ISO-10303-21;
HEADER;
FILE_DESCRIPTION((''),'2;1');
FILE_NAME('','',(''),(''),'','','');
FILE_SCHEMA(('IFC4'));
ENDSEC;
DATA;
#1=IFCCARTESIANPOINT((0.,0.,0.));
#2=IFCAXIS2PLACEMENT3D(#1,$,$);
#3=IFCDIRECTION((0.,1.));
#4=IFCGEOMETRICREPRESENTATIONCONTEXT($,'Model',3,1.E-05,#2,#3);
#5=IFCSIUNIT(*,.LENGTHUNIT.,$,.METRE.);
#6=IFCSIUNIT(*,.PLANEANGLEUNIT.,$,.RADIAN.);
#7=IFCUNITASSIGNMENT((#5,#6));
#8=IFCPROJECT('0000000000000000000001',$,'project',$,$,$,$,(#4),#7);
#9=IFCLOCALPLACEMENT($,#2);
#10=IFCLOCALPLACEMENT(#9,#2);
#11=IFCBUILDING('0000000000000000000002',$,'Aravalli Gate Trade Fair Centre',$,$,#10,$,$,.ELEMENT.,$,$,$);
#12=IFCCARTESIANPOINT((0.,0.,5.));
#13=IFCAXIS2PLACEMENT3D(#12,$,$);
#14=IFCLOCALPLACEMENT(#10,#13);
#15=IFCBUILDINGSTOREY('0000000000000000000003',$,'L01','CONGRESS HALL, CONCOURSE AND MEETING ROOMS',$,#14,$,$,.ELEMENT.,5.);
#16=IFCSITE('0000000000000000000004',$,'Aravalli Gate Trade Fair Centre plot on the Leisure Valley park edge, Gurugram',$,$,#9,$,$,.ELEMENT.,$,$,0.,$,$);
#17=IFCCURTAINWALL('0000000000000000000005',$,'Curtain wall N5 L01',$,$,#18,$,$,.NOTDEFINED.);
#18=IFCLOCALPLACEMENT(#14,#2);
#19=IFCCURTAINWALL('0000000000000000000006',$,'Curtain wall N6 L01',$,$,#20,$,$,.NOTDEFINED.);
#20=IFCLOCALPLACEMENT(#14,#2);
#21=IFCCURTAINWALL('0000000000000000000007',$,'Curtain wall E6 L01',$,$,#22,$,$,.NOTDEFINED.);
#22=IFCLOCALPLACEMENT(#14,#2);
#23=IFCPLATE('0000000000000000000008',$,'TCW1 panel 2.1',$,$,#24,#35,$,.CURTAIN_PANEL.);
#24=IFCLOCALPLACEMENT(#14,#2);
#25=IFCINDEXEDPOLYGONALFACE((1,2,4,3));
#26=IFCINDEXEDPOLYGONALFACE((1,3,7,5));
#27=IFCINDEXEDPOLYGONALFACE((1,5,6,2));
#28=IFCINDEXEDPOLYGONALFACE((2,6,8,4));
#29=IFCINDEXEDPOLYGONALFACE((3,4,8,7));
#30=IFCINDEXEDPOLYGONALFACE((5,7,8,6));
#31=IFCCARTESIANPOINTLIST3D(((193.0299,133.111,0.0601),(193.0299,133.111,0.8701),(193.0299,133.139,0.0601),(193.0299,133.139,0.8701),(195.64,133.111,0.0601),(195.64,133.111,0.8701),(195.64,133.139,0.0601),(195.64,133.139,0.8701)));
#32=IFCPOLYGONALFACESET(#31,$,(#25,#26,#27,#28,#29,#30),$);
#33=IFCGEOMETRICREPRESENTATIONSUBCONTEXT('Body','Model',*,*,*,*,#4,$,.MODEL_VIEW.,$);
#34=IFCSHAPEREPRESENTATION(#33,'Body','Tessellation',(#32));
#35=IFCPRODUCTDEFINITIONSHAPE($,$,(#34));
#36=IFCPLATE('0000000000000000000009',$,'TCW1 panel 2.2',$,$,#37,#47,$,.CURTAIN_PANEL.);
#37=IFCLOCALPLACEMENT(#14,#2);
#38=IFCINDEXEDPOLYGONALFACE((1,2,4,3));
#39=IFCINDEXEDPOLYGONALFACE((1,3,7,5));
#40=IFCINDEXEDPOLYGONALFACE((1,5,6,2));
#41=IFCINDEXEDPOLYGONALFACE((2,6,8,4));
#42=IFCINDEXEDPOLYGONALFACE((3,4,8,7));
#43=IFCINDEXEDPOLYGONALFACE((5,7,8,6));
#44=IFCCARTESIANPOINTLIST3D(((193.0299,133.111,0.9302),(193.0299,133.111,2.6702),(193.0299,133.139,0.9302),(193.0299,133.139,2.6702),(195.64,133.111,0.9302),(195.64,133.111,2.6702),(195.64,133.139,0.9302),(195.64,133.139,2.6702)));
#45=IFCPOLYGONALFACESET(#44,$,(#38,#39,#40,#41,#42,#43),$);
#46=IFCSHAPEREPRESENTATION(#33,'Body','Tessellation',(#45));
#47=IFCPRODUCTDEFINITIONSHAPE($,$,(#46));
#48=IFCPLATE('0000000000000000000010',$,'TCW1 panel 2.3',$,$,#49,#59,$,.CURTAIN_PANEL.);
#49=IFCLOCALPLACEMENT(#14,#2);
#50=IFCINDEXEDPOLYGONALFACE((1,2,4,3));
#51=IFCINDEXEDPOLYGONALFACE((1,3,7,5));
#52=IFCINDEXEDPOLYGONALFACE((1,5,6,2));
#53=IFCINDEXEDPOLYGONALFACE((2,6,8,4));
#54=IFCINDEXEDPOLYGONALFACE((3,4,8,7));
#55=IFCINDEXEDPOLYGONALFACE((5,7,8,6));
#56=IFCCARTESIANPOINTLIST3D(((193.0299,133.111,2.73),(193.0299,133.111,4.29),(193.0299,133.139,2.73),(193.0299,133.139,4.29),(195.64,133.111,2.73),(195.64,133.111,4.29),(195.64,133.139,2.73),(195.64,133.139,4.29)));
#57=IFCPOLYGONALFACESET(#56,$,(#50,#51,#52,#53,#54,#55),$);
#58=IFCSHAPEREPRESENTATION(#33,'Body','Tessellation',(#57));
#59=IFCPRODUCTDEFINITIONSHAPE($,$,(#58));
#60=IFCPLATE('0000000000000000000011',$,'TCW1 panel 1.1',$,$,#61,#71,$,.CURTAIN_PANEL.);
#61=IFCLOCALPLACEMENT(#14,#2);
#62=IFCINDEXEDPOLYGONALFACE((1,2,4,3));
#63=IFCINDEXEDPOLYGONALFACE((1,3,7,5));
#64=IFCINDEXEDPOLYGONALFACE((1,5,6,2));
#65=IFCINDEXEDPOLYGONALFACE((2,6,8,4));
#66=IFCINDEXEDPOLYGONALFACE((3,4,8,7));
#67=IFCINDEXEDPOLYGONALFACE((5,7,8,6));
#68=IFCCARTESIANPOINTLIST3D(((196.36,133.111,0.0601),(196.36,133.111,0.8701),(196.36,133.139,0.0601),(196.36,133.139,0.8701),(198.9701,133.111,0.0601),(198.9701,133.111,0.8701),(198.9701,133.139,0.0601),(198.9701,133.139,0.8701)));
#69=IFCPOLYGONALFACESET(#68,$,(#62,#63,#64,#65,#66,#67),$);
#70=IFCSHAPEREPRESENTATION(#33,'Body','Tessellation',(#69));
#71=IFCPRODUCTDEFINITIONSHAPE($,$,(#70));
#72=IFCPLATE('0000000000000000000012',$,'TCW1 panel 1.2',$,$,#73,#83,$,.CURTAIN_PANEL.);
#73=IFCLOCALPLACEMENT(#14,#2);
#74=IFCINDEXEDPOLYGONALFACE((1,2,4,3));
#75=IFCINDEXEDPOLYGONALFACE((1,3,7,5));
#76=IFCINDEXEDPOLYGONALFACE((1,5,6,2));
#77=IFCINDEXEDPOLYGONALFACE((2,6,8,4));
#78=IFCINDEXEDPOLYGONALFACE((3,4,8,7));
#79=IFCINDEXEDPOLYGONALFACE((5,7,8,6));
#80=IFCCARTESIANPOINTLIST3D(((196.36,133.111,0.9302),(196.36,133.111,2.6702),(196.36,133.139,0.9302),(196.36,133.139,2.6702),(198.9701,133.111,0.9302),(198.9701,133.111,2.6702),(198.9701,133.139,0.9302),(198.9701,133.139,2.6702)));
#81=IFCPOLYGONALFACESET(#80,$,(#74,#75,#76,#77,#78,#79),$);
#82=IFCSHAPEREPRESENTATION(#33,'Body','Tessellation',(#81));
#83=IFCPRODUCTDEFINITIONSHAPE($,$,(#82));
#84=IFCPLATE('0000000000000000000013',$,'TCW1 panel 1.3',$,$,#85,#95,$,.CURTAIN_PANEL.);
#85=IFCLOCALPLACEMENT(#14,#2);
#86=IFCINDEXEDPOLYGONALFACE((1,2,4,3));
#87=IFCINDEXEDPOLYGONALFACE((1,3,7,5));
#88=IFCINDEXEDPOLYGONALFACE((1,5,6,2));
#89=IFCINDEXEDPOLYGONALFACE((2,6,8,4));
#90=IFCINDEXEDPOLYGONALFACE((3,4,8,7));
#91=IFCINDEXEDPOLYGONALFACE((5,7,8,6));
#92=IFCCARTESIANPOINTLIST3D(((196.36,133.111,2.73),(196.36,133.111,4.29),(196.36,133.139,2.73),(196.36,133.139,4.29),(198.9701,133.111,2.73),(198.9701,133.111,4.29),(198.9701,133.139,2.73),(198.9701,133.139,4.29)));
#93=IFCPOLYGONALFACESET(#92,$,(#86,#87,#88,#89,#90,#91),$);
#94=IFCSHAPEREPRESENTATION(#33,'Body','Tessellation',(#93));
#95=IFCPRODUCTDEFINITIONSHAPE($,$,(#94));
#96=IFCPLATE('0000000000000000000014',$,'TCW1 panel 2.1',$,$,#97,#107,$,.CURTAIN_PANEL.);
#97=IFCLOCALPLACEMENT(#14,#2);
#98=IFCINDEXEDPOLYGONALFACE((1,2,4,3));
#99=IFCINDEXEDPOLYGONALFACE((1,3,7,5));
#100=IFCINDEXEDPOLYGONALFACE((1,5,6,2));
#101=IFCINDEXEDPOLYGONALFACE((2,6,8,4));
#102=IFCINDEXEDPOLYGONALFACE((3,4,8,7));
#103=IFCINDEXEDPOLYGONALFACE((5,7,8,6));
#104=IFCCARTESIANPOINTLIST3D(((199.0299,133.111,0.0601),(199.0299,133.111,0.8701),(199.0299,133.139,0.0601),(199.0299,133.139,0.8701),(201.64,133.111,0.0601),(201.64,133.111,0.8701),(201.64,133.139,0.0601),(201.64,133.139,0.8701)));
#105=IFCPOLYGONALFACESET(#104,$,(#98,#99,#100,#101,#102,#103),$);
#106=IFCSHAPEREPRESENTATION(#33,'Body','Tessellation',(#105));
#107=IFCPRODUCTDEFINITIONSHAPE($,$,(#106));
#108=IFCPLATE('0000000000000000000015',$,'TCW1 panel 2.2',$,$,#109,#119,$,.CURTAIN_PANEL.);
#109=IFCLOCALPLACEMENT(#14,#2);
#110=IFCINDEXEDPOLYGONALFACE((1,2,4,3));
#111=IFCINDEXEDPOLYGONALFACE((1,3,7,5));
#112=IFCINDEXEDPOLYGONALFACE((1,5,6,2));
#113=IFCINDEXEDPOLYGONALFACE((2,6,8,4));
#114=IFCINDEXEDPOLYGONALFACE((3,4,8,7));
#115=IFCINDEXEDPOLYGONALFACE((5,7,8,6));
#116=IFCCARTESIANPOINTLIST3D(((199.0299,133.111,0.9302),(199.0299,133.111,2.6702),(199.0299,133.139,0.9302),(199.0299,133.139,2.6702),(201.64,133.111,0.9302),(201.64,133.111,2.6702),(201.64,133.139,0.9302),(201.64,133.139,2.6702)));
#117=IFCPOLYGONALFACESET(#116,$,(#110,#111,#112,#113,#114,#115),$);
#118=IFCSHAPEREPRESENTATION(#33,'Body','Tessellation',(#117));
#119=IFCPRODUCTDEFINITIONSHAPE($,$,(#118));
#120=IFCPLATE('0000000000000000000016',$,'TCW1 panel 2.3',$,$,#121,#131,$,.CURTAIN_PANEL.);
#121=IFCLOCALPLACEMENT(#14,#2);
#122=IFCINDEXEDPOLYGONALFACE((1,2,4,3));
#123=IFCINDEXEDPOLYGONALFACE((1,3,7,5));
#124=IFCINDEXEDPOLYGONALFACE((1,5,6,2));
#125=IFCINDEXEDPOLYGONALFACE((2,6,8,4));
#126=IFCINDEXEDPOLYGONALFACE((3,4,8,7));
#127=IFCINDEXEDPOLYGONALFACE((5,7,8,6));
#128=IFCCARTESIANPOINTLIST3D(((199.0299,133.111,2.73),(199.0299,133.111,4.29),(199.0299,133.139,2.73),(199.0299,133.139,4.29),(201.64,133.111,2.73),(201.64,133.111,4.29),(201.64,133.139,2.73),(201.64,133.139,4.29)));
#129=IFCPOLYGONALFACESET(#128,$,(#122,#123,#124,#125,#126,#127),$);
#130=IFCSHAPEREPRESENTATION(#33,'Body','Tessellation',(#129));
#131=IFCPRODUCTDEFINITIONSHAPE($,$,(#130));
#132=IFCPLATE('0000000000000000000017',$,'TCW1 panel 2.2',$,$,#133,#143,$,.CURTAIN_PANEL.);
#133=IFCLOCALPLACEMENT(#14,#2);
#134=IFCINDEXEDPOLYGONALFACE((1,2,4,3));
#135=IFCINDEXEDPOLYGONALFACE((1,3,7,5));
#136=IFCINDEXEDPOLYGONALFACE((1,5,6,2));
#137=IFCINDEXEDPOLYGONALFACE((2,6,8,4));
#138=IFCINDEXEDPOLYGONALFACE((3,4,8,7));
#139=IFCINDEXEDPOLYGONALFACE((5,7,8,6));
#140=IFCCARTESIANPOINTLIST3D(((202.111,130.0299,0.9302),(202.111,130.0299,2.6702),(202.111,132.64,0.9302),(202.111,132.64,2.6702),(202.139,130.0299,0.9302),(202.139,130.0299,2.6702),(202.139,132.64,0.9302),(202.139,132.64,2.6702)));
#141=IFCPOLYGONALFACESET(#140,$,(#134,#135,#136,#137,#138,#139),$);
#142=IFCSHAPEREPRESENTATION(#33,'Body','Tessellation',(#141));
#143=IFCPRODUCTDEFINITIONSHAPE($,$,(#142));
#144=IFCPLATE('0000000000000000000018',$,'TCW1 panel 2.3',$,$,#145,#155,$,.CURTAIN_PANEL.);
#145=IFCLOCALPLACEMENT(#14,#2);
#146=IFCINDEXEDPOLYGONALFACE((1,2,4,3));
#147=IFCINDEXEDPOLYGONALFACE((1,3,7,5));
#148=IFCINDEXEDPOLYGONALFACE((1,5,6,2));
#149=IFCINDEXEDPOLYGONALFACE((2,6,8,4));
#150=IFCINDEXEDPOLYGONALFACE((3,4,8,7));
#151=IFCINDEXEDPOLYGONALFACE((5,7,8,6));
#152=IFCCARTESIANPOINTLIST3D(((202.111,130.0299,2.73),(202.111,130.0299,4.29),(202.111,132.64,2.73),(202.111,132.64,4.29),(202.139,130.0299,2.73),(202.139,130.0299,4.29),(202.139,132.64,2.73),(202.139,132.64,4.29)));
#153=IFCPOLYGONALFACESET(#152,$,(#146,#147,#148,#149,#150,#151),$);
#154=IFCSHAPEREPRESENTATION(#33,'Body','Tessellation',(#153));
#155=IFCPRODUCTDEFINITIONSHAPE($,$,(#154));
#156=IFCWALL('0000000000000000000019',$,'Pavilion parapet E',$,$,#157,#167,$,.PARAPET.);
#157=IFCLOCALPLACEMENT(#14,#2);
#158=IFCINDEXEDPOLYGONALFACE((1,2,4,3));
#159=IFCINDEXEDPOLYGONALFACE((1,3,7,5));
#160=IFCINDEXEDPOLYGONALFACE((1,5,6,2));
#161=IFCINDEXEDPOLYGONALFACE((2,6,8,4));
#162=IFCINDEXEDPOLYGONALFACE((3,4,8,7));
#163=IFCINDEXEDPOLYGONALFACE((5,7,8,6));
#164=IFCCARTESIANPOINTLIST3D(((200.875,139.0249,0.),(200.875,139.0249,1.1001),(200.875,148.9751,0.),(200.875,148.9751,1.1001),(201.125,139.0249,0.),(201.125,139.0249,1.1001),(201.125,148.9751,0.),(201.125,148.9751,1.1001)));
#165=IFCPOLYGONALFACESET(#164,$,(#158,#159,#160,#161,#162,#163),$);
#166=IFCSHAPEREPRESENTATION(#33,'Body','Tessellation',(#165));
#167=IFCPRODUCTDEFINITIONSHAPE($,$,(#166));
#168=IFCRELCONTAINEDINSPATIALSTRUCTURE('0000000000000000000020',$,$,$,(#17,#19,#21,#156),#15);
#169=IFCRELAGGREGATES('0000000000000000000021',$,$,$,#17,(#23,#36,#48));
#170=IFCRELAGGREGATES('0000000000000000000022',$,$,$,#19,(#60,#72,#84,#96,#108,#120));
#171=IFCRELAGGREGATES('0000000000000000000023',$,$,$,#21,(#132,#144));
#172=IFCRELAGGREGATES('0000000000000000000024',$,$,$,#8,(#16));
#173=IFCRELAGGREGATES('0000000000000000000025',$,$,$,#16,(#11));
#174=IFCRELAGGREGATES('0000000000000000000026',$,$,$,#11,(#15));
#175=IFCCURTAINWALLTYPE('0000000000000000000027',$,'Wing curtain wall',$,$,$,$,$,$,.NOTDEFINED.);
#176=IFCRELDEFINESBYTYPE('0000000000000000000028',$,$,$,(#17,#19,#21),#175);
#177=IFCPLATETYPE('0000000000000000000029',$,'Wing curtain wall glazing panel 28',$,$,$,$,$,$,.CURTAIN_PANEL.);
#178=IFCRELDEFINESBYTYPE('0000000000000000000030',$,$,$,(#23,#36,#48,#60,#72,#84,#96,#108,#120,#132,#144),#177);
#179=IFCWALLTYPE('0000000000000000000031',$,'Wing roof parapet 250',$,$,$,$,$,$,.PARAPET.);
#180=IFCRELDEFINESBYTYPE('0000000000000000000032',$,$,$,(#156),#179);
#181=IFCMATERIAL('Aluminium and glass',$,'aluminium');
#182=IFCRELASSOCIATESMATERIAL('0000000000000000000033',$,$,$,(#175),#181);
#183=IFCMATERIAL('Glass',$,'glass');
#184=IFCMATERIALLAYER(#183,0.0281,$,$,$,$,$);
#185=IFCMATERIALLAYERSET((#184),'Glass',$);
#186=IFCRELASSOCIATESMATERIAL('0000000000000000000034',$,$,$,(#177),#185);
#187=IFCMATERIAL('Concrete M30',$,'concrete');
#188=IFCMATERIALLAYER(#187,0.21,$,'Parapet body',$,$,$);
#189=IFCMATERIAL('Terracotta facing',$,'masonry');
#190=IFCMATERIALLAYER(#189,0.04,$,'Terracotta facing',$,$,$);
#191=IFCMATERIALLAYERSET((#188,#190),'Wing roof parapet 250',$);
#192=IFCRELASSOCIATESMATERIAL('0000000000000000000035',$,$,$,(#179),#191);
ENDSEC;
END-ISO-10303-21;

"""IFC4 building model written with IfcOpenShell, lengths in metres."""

from ifc_helpers import new_model, si_unit, direction, frame, frame_2d, origin, origin_2d, place, context, subcontext, project, spatial, rectangle, extrude, material, layer, layer_set, type_object, element, aggregate, save


model = new_model("IFC4")

# Units and contexts
model_context = context("Model", 3, precision=1e-05, world=origin(), true_north=direction((0.0, 1.0)))
body_context = subcontext(model_context, "Body", "Model", "MODEL_VIEW")
ifc_project = project(units=[si_unit("LENGTHUNIT", "METRE"), si_unit("PLANEANGLEUNIT", "RADIAN")], contexts=[model_context])

# Site, building, storey
site_placement = place(None, origin())
site = spatial("IfcSite", under=ifc_project, at=site_placement, Name="Aravalli Gate Trade Fair Centre plot on the Leisure Valley park edge, Gurugram", CompositionType="ELEMENT", RefElevation=0.0)
building_placement = place(site_placement, origin())
building = spatial("IfcBuilding", under=site, at=building_placement, Name="Aravalli Gate Trade Fair Centre", CompositionType="ELEMENT")
storey_placement = place(building_placement, frame((0.0, 0.0, 5.0)))
storey = spatial("IfcBuildingStorey", under=building, at=storey_placement, Name="L01", Description="CONGRESS HALL, CONCOURSE AND MEETING ROOMS", CompositionType="ELEMENT", Elevation=5.0)

# Curtain wall
ifc_material_1 = material(Name="Aluminium and glass", Category="aluminium")
curtain_wall_type = type_object("IfcCurtainWallType", Name="Wing curtain wall", PredefinedType="NOTDEFINED", material=ifc_material_1)
curtain_wall_1_placement = place(storey_placement, origin())
curtain_wall_1 = element("IfcCurtainWall", 1, at=curtain_wall_1_placement, inside=storey, type_object=curtain_wall_type, Name="Curtain wall N5 L01", PredefinedType="NOTDEFINED")

# Curtain wall
curtain_wall_2_placement = place(storey_placement, origin())
curtain_wall_2 = element("IfcCurtainWall", 2, at=curtain_wall_2_placement, inside=storey, type_object=curtain_wall_type, Name="Curtain wall N6 L01", PredefinedType="NOTDEFINED")

# Curtain wall
curtain_wall_3_placement = place(storey_placement, origin())
curtain_wall_3 = element("IfcCurtainWall", 3, at=curtain_wall_3_placement, inside=storey, type_object=curtain_wall_type, Name="Curtain wall E6 L01", PredefinedType="NOTDEFINED")

# Plates
ifc_material_2 = material(Name="Glass", Category="glass")
ifc_layer_1 = layer(ifc_material_2, 0.0281)
ifc_layer_set_1 = layer_set([ifc_layer_1], Name="Glass")
plate_type = type_object("IfcPlateType", Name="Wing curtain wall glazing panel 28", PredefinedType="CURTAIN_PANEL", material=ifc_layer_set_1)
plate_1_placement = place(storey_placement, frame((194.335, 133.125, 0.0601), z_axis=(0.0, 0.0, 1.0), x_axis=(1.0, 0.0, 0.0)))
plate_1 = element("IfcPlate", 4, at=plate_1_placement, type_object=plate_type, Name="TCW1 panel 2.1", PredefinedType="CURTAIN_PANEL", context=body_context, shape_type="SweptSolid", body=[
    extrude(rectangle(XDim=2.6101, YDim=0.0281, at=origin_2d()), origin(), (0.0, 0.0, 1.0), 0.8101),
])
plate_2_placement = place(storey_placement, frame((194.335, 133.125, 0.9302), z_axis=(0.0, 0.0, 1.0), x_axis=(1.0, 0.0, 0.0)))
plate_2 = element("IfcPlate", 5, at=plate_2_placement, type_object=plate_type, Name="TCW1 panel 2.2", PredefinedType="CURTAIN_PANEL", context=body_context, shape_type="SweptSolid", body=[
    extrude(rectangle(XDim=2.6101, YDim=0.0281, at=origin_2d()), origin(), (0.0, 0.0, 1.0), 1.74),
])
plate_3_placement = place(storey_placement, frame((194.335, 133.125, 2.73), z_axis=(0.0, 0.0, 1.0), x_axis=(1.0, 0.0, 0.0)))
plate_3 = element("IfcPlate", 6, at=plate_3_placement, type_object=plate_type, Name="TCW1 panel 2.3", PredefinedType="CURTAIN_PANEL", context=body_context, shape_type="SweptSolid", body=[
    extrude(rectangle(XDim=2.6101, YDim=0.0281, at=origin_2d()), origin(), (0.0, 0.0, 1.0), 1.5601),
])
aggregate(curtain_wall_1, [plate_1, plate_2, plate_3])
plate_4_placement = place(storey_placement, frame((197.665, 133.125, 0.0601), z_axis=(0.0, 0.0, 1.0), x_axis=(1.0, 0.0, 0.0)))
plate_4 = element("IfcPlate", 7, at=plate_4_placement, type_object=plate_type, Name="TCW1 panel 1.1", PredefinedType="CURTAIN_PANEL", context=body_context, shape_type="SweptSolid", body=[
    extrude(rectangle(XDim=2.6101, YDim=0.0281, at=origin_2d()), origin(), (0.0, 0.0, 1.0), 0.8101),
])
plate_5_placement = place(storey_placement, frame((197.665, 133.125, 0.9302), z_axis=(0.0, 0.0, 1.0), x_axis=(1.0, 0.0, 0.0)))
plate_5 = element("IfcPlate", 8, at=plate_5_placement, type_object=plate_type, Name="TCW1 panel 1.2", PredefinedType="CURTAIN_PANEL", context=body_context, shape_type="SweptSolid", body=[
    extrude(rectangle(XDim=2.6101, YDim=0.0281, at=origin_2d()), origin(), (0.0, 0.0, 1.0), 1.74),
])
plate_6_placement = place(storey_placement, frame((197.665, 133.125, 2.73), z_axis=(0.0, 0.0, 1.0), x_axis=(1.0, 0.0, 0.0)))
plate_6 = element("IfcPlate", 9, at=plate_6_placement, type_object=plate_type, Name="TCW1 panel 1.3", PredefinedType="CURTAIN_PANEL", context=body_context, shape_type="SweptSolid", body=[
    extrude(rectangle(XDim=2.6101, YDim=0.0281, at=origin_2d()), origin(), (0.0, 0.0, 1.0), 1.5601),
])
plate_7_placement = place(storey_placement, frame((200.335, 133.125, 0.0601), z_axis=(0.0, 0.0, 1.0), x_axis=(1.0, 0.0, 0.0)))
plate_7 = element("IfcPlate", 10, at=plate_7_placement, type_object=plate_type, Name="TCW1 panel 2.1", PredefinedType="CURTAIN_PANEL", context=body_context, shape_type="SweptSolid", body=[
    extrude(rectangle(XDim=2.6101, YDim=0.0281, at=origin_2d()), origin(), (0.0, 0.0, 1.0), 0.8101),
])
plate_8_placement = place(storey_placement, frame((200.335, 133.125, 0.9302), z_axis=(0.0, 0.0, 1.0), x_axis=(1.0, 0.0, 0.0)))
plate_8 = element("IfcPlate", 11, at=plate_8_placement, type_object=plate_type, Name="TCW1 panel 2.2", PredefinedType="CURTAIN_PANEL", context=body_context, shape_type="SweptSolid", body=[
    extrude(rectangle(XDim=2.6101, YDim=0.0281, at=origin_2d()), origin(), (0.0, 0.0, 1.0), 1.74),
])
plate_9_placement = place(storey_placement, frame((200.335, 133.125, 2.73), z_axis=(0.0, 0.0, 1.0), x_axis=(1.0, 0.0, 0.0)))
plate_9 = element("IfcPlate", 12, at=plate_9_placement, type_object=plate_type, Name="TCW1 panel 2.3", PredefinedType="CURTAIN_PANEL", context=body_context, shape_type="SweptSolid", body=[
    extrude(rectangle(XDim=2.6101, YDim=0.0281, at=origin_2d()), origin(), (0.0, 0.0, 1.0), 1.5601),
])
aggregate(curtain_wall_2, [plate_4, plate_5, plate_6, plate_7, plate_8, plate_9])
plate_10_placement = place(storey_placement, frame((202.125, 131.335, 0.9302), z_axis=(0.0, 0.0, 1.0), x_axis=(0.0, 1.0, 0.0)))
plate_10 = element("IfcPlate", 13, at=plate_10_placement, type_object=plate_type, Name="TCW1 panel 2.2", PredefinedType="CURTAIN_PANEL", context=body_context, shape_type="SweptSolid", body=[
    extrude(rectangle(XDim=2.6101, YDim=0.0281, at=origin_2d()), origin(), (0.0, 0.0, 1.0), 1.74),
])
plate_11_placement = place(storey_placement, frame((202.125, 131.335, 2.73), z_axis=(0.0, 0.0, 1.0), x_axis=(0.0, 1.0, 0.0)))
plate_11 = element("IfcPlate", 14, at=plate_11_placement, type_object=plate_type, Name="TCW1 panel 2.3", PredefinedType="CURTAIN_PANEL", context=body_context, shape_type="SweptSolid", body=[
    extrude(rectangle(XDim=2.6101, YDim=0.0281, at=origin_2d()), origin(), (0.0, 0.0, 1.0), 1.5601),
])
aggregate(curtain_wall_3, [plate_10, plate_11])

# Wall
ifc_material_3 = material(Name="Concrete M30", Category="concrete")
ifc_layer_2 = layer(ifc_material_3, 0.21, Name="Parapet body")
ifc_material_4 = material(Name="Terracotta facing", Category="masonry")
ifc_layer_3 = layer(ifc_material_4, 0.04, Name="Terracotta facing")
ifc_layer_set_2 = layer_set([ifc_layer_2, ifc_layer_3], Name="Wing roof parapet 250")
wall_type = type_object("IfcWallType", Name="Wing roof parapet 250", PredefinedType="PARAPET", material=ifc_layer_set_2)
wall_placement = place(storey_placement, frame((201.0, 139.0249, 0.0), z_axis=(0.0, 0.0, 1.0), x_axis=(0.0, 1.0, 0.0)))
element("IfcWall", 15, at=wall_placement, inside=storey, type_object=wall_type, Name="Pavilion parapet E", PredefinedType="PARAPET", context=body_context, shape_type="SweptSolid", body=[
    extrude(rectangle(XDim=9.9502, YDim=0.25, at=frame_2d((4.9751, 0.0))), origin(), (0.0, 0.0, 1.0), 1.1001),
])

save(model, "model.ifc")
